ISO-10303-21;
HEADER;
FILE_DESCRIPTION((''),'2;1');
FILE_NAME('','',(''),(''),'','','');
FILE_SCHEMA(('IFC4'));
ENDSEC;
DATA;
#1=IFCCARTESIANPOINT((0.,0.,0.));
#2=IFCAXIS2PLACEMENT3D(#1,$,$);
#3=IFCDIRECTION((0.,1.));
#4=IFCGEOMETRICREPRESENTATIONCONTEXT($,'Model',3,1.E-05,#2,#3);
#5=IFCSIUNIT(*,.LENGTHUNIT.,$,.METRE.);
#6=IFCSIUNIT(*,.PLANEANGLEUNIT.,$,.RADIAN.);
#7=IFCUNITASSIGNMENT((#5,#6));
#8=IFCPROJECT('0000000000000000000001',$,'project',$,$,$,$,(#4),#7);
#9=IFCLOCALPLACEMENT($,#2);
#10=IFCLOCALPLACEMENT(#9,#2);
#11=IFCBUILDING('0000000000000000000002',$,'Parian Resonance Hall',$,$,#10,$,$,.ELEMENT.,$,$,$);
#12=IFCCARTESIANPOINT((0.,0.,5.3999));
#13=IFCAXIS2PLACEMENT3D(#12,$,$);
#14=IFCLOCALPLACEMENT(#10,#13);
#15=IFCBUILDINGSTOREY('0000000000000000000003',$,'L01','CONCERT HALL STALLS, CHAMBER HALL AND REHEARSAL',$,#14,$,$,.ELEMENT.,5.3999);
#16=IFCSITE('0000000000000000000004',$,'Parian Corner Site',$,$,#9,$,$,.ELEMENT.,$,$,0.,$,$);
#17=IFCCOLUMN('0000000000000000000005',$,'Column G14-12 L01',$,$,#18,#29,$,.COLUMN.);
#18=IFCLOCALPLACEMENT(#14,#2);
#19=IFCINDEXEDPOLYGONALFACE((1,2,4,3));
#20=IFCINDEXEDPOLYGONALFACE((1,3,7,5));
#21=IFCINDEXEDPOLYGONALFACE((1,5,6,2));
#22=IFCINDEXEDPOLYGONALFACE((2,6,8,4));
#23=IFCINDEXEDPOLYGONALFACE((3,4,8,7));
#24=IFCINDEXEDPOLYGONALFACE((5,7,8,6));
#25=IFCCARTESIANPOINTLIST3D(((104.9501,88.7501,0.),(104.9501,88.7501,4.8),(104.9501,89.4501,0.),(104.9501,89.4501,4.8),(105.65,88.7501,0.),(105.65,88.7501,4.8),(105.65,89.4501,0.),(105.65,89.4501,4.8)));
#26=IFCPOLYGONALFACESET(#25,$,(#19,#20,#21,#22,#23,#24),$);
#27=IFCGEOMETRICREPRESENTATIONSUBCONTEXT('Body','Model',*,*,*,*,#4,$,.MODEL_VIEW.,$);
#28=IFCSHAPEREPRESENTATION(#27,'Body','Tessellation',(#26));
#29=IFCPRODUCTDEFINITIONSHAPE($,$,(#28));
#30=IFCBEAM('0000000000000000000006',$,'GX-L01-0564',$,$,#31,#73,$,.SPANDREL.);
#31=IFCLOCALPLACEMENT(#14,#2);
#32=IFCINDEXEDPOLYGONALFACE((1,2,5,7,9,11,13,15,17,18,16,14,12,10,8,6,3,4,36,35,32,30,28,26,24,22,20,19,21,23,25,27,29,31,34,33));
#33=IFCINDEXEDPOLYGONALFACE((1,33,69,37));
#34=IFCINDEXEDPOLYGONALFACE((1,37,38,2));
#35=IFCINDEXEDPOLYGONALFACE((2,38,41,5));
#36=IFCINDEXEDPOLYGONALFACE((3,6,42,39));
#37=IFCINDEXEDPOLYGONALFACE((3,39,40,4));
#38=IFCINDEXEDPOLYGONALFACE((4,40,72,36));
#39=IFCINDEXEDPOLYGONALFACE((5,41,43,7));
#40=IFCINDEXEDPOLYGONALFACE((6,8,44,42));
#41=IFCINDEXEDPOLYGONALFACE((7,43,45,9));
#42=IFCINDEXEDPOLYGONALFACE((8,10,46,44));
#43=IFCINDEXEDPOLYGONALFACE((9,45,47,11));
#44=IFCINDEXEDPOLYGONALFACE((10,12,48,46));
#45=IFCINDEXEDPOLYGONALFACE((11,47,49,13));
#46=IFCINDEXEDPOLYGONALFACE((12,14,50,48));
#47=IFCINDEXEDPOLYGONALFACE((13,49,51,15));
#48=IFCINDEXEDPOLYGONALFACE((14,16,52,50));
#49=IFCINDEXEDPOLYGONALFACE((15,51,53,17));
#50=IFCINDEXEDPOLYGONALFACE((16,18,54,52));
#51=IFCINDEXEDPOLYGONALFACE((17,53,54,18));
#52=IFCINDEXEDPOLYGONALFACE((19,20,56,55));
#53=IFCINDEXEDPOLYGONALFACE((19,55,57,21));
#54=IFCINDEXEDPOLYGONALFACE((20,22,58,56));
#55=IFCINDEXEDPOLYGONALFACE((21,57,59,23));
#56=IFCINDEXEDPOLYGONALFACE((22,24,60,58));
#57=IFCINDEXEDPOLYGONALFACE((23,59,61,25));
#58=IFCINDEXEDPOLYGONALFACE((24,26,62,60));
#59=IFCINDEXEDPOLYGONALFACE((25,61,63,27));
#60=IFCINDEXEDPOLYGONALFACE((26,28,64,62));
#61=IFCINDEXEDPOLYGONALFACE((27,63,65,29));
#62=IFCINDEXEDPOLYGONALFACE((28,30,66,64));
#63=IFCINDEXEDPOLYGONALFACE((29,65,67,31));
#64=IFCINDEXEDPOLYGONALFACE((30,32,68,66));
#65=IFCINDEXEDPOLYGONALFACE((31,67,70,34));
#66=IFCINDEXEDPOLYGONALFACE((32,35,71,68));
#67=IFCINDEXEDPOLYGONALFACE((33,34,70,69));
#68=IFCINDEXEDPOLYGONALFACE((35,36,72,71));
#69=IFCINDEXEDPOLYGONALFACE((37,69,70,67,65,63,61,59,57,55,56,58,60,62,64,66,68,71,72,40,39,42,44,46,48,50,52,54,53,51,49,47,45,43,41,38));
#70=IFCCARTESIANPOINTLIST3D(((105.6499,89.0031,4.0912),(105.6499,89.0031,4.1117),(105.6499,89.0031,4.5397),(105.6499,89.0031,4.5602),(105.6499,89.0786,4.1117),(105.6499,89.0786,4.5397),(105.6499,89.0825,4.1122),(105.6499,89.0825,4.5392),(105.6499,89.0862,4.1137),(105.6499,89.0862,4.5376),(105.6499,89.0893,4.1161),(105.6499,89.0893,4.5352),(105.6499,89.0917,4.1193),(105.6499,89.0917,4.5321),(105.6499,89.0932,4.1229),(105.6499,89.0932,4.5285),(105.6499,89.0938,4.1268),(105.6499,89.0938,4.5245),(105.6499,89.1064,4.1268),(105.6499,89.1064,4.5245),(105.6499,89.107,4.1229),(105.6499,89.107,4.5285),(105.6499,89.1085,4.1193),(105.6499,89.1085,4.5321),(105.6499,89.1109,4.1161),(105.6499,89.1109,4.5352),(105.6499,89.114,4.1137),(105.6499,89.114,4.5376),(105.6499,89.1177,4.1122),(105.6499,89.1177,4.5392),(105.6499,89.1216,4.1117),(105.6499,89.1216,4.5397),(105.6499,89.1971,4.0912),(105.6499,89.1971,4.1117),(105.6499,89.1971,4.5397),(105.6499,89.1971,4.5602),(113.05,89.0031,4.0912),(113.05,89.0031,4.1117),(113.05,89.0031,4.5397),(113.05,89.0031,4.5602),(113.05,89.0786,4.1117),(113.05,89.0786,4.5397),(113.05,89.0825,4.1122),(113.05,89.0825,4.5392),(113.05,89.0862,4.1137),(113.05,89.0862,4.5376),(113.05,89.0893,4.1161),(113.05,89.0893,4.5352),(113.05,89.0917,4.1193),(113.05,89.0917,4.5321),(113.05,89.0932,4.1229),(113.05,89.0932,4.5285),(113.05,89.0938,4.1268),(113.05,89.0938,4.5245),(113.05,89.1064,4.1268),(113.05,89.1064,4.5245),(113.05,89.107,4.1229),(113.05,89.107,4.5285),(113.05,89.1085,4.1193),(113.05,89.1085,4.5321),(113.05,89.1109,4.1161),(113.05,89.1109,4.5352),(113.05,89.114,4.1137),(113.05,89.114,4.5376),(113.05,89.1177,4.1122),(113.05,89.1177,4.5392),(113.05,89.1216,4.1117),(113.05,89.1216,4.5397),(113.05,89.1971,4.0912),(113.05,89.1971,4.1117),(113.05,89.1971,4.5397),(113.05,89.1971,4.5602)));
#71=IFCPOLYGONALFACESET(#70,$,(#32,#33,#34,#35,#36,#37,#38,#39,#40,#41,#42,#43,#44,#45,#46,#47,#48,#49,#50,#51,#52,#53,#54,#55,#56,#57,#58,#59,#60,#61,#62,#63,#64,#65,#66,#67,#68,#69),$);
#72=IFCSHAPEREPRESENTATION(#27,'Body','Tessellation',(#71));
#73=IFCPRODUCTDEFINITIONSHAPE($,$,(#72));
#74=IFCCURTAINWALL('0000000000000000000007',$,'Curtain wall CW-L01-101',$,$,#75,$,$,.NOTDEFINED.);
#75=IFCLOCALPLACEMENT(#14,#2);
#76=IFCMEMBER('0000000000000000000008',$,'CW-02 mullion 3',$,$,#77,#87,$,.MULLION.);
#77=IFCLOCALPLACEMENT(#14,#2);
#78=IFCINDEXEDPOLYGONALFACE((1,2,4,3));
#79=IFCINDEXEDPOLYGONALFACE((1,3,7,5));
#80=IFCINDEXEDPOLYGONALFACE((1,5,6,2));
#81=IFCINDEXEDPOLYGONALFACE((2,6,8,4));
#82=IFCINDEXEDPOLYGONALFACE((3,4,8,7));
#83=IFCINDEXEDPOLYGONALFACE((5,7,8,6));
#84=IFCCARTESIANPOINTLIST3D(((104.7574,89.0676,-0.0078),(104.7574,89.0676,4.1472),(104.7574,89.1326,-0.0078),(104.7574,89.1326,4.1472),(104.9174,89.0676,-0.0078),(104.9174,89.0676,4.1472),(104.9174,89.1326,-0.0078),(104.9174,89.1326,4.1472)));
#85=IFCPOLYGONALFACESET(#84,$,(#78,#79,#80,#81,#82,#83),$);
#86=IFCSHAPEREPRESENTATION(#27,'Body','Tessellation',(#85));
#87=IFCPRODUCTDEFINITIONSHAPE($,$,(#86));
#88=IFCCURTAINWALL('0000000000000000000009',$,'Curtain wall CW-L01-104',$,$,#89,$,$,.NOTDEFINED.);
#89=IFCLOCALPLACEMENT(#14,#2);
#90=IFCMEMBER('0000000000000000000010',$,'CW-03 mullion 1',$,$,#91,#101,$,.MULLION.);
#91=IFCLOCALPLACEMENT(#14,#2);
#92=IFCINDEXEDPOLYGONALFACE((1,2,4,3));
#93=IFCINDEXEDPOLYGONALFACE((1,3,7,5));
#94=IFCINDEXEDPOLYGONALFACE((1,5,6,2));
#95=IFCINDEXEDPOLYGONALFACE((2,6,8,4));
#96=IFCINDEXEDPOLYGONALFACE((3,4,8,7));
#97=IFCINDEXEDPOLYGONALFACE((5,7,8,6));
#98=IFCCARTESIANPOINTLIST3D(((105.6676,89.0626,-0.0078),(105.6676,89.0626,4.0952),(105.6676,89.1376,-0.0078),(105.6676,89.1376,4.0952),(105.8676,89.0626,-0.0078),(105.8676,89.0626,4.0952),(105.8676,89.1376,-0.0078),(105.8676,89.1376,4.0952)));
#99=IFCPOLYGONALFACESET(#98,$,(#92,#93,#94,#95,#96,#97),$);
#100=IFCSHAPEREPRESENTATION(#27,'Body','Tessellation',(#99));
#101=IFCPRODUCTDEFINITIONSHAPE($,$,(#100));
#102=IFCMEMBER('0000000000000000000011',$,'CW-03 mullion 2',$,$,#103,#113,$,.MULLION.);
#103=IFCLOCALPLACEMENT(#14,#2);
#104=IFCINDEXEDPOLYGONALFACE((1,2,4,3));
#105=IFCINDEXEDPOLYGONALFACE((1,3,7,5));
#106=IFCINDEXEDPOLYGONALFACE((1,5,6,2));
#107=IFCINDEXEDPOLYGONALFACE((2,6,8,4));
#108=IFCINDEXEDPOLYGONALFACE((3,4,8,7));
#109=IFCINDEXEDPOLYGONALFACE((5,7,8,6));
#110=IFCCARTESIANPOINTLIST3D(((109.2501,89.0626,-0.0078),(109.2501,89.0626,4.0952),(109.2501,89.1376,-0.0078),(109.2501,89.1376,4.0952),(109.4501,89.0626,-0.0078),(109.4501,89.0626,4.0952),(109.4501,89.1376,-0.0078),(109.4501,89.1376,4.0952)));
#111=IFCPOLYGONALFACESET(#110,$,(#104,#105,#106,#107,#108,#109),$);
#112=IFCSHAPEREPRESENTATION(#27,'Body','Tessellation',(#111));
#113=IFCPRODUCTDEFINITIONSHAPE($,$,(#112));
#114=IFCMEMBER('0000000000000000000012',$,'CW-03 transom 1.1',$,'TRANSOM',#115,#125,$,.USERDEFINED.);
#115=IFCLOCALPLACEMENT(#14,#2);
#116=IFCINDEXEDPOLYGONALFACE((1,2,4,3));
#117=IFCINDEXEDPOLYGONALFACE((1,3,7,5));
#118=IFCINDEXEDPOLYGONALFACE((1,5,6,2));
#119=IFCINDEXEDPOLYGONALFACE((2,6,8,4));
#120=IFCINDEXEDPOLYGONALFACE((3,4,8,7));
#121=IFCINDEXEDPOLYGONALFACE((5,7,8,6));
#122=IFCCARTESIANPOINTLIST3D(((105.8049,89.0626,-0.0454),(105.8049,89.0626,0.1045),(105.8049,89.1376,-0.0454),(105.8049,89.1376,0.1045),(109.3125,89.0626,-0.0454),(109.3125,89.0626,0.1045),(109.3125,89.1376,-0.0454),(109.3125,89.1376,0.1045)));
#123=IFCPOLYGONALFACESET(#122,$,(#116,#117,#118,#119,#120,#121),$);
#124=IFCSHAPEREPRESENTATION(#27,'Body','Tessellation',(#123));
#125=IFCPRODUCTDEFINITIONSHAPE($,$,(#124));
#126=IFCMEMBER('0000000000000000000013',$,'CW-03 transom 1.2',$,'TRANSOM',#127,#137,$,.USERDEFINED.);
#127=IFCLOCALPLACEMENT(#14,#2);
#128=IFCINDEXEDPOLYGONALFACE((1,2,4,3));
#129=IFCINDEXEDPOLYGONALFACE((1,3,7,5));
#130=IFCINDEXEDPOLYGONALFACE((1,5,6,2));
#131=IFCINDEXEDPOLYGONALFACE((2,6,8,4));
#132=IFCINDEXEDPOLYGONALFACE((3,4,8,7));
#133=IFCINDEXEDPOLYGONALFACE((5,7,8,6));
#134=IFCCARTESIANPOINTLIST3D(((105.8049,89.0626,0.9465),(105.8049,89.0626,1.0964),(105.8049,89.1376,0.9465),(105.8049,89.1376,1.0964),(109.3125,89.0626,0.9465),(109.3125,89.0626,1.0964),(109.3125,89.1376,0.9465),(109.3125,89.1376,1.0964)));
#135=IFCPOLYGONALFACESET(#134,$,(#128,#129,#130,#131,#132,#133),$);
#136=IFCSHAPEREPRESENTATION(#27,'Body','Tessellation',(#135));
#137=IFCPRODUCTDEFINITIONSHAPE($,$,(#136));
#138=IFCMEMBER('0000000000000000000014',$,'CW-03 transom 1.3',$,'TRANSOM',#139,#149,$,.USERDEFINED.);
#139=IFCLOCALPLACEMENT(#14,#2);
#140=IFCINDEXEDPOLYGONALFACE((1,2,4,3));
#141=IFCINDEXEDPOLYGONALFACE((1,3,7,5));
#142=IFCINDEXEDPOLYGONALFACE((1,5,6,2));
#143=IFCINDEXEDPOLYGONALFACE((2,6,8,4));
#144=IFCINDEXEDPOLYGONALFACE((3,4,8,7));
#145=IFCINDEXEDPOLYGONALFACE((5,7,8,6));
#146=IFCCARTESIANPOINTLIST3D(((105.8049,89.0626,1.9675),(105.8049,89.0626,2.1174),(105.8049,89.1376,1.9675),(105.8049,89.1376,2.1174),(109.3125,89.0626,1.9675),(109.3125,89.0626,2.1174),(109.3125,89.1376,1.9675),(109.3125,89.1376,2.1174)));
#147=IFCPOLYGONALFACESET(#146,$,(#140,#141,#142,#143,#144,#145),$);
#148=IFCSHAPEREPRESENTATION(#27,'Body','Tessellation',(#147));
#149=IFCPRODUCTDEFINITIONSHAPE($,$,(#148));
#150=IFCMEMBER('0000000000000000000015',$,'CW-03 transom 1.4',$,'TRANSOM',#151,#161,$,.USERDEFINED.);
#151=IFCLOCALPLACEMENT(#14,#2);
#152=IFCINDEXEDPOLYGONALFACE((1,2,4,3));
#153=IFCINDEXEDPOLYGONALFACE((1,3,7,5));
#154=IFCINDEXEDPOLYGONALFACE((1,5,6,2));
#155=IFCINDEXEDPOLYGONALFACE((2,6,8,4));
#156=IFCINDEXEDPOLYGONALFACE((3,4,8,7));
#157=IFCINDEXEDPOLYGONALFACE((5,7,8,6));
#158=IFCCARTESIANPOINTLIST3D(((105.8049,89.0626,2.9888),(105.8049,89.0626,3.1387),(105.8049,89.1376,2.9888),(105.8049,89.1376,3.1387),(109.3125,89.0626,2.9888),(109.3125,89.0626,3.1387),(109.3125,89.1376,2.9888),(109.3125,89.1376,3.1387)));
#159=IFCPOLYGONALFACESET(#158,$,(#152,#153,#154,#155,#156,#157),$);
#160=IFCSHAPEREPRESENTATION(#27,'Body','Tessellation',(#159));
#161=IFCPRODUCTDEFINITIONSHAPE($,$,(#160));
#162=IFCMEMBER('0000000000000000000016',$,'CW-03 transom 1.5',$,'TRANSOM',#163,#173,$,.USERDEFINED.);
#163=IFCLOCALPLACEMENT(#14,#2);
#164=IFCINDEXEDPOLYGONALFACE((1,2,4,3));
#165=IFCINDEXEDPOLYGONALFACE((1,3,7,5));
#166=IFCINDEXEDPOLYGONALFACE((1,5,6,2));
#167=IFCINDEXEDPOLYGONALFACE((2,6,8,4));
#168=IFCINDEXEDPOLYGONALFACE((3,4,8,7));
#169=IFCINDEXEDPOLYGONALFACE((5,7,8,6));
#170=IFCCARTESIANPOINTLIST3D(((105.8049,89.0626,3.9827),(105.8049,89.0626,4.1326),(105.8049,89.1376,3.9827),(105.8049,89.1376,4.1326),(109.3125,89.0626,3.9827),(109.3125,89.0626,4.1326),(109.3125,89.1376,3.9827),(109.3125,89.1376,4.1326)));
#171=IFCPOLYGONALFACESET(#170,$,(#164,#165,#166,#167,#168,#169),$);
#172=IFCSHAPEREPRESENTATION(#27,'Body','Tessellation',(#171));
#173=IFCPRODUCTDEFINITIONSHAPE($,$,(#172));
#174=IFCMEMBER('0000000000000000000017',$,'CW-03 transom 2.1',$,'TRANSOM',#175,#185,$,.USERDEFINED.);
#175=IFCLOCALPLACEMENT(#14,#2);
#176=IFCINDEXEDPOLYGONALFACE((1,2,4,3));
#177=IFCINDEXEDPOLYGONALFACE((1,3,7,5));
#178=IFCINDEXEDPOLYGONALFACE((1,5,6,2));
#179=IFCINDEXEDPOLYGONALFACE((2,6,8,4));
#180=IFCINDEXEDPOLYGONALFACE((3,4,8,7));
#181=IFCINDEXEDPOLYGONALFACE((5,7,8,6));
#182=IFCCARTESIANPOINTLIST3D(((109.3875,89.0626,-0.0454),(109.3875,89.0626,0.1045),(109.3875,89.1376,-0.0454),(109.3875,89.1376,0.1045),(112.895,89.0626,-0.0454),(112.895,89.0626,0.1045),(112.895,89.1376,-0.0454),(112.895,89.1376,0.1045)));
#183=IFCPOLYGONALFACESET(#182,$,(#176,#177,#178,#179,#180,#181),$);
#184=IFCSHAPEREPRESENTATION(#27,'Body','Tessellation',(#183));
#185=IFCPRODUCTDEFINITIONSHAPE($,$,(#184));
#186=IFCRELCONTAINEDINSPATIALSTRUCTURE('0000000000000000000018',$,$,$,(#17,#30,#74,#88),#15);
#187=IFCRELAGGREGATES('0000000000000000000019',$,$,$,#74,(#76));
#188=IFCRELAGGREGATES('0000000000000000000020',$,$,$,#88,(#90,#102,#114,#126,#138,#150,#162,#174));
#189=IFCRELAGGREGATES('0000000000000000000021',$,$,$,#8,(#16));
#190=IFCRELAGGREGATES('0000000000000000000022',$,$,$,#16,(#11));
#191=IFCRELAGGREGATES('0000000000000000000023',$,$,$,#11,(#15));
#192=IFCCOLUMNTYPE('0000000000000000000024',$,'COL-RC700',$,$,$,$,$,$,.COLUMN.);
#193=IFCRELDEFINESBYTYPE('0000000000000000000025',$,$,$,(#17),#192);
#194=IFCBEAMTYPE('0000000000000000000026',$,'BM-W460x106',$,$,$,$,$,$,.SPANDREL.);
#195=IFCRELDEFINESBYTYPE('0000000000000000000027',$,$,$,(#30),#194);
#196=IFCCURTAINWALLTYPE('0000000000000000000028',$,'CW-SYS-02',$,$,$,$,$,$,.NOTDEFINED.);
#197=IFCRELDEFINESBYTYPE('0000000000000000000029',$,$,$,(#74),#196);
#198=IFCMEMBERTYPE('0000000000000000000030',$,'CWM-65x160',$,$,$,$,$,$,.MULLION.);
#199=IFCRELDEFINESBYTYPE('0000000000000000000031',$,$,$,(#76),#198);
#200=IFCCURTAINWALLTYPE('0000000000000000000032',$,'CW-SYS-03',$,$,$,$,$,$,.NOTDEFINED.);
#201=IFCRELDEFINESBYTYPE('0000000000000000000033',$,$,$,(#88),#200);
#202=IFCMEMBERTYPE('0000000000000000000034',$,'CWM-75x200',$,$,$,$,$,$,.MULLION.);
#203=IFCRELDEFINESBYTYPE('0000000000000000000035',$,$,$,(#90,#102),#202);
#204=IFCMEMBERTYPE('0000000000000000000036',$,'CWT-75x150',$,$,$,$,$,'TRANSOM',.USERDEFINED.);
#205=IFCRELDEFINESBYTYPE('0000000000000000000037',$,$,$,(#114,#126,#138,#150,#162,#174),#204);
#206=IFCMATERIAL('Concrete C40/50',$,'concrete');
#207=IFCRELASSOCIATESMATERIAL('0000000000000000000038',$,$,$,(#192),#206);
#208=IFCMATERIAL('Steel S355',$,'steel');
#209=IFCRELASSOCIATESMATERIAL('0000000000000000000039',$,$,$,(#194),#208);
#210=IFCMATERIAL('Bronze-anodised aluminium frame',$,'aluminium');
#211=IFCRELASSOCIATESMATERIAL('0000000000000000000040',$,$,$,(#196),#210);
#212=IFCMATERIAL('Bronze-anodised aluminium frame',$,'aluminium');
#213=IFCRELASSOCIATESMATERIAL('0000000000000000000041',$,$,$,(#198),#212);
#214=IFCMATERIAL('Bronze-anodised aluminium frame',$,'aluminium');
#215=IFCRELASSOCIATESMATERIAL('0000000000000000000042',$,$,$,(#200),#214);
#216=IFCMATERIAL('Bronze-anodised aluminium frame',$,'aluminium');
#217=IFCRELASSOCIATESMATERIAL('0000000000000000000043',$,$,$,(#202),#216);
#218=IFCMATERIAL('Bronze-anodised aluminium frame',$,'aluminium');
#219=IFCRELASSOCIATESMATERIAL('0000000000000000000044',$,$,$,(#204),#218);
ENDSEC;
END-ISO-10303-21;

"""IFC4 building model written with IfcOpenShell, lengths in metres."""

from ifc_helpers import new_model, si_unit, direction, frame, origin, origin_2d, place, context, subcontext, project, spatial, rectangle, i_section, extrude, material, material_profile, profile_set, type_object, element, aggregate, save


model = new_model("IFC4")

# Units and contexts
model_context = context("Model", 3, precision=1e-05, world=origin(), true_north=direction((0.0, 1.0)))
body_context = subcontext(model_context, "Body", "Model", "MODEL_VIEW")
ifc_project = project(units=[si_unit("LENGTHUNIT", "METRE"), si_unit("PLANEANGLEUNIT", "RADIAN")], contexts=[model_context])

# Site, building, storey
site_placement = place(None, origin())
site = spatial("IfcSite", under=ifc_project, at=site_placement, Name="Parian Corner Site", CompositionType="ELEMENT", RefElevation=0.0)
building_placement = place(site_placement, origin())
building = spatial("IfcBuilding", under=site, at=building_placement, Name="Parian Resonance Hall", CompositionType="ELEMENT")
storey_placement = place(building_placement, frame((0.0, 0.0, 5.3999)))
storey = spatial("IfcBuildingStorey", under=building, at=storey_placement, Name="L01", Description="CONCERT HALL STALLS, CHAMBER HALL AND REHEARSAL", CompositionType="ELEMENT", Elevation=5.3999)

# Column
ifc_material_1 = material(Name="Concrete C40/50", Category="concrete")
ifc_material_profile_1 = material_profile(ifc_material_1, rectangle(XDim=0.7, YDim=0.7, at=origin_2d()), Name="RC-COL-700x700")
ifc_profile_set_1 = profile_set([ifc_material_profile_1], Name="Concrete C40/50")
column_type = type_object("IfcColumnType", Name="COL-RC700", PredefinedType="COLUMN", material=ifc_profile_set_1)
column_placement = place(storey_placement, frame((105.3, 89.1001, 0.0), z_axis=(0.0, 0.0, 1.0), x_axis=(1.0, 0.0, 0.0)))
element("IfcColumn", 1, at=column_placement, inside=storey, type_object=column_type, Name="Column G14-12 L01", PredefinedType="COLUMN", context=body_context, shape_type="SweptSolid", body=[
    extrude(rectangle(XDim=0.7, YDim=0.7, at=origin_2d()), origin(), (0.0, 0.0, 1.0), 4.8),
])

# Beam
ifc_material_2 = material(Name="Steel S355", Category="steel")
ifc_material_profile_2 = material_profile(ifc_material_2, i_section(OverallWidth=0.1941, OverallDepth=0.469, WebThickness=0.0127, FlangeThickness=0.0205, FilletRadius=0.0151, at=origin_2d()), Name="W460x106")
ifc_profile_set_2 = profile_set([ifc_material_profile_2], Name="Steel S355")
beam_type = type_object("IfcBeamType", Name="BM-W460x106", PredefinedType="SPANDREL", material=ifc_profile_set_2)
beam_placement = place(storey_placement, frame((105.6499, 89.1001, 4.3257), z_axis=(1.0, 0.0, 0.0), x_axis=(0.0, 1.0, 0.0)))
element("IfcBeam", 2, at=beam_placement, inside=storey, type_object=beam_type, Name="GX-L01-0564", PredefinedType="SPANDREL", context=body_context, shape_type="SweptSolid", body=[
    extrude(i_section(OverallWidth=0.1941, OverallDepth=0.469, WebThickness=0.0127, FlangeThickness=0.0205, FilletRadius=0.0151, at=origin_2d()), origin(), (0.0, 0.0, 1.0), 7.4001),
])

# Curtain wall, member
ifc_material_3 = material(Name="Bronze-anodised aluminium frame", Category="aluminium")
curtain_wall_type_1 = type_object("IfcCurtainWallType", Name="CW-SYS-02", PredefinedType="NOTDEFINED", material=ifc_material_3)
curtain_wall_1_placement = place(storey_placement, origin())
curtain_wall_1 = element("IfcCurtainWall", 3, at=curtain_wall_1_placement, inside=storey, type_object=curtain_wall_type_1, Name="Curtain wall CW-L01-101", PredefinedType="NOTDEFINED")
ifc_material_4 = material(Name="Bronze-anodised aluminium frame", Category="aluminium")
ifc_material_profile_3 = material_profile(ifc_material_4, rectangle(XDim=0.0649, YDim=0.1599, at=origin_2d()), Name="CWM-65x160")
ifc_profile_set_3 = profile_set([ifc_material_profile_3], Name="Bronze-anodised aluminium frame")
member_type_1 = type_object("IfcMemberType", Name="CWM-65x160", PredefinedType="MULLION", material=ifc_profile_set_3)
member_1_placement = place(storey_placement, frame((104.8374, 89.1001, -0.0078), z_axis=(0.0, 0.0, 1.0), x_axis=(0.0, 1.0, 0.0)))
member_1 = element("IfcMember", 4, at=member_1_placement, type_object=member_type_1, Name="CW-02 mullion 3", PredefinedType="MULLION", context=body_context, shape_type="SweptSolid", body=[
    extrude(rectangle(XDim=0.0649, YDim=0.1599, at=origin_2d()), origin(), (0.0, 0.0, 1.0), 4.155),
])

# Curtain wall, members
ifc_material_5 = material(Name="Bronze-anodised aluminium frame", Category="aluminium")
curtain_wall_type_2 = type_object("IfcCurtainWallType", Name="CW-SYS-03", PredefinedType="NOTDEFINED", material=ifc_material_5)
curtain_wall_2_placement = place(storey_placement, origin())
curtain_wall_2 = element("IfcCurtainWall", 5, at=curtain_wall_2_placement, inside=storey, type_object=curtain_wall_type_2, Name="Curtain wall CW-L01-104", PredefinedType="NOTDEFINED")
ifc_material_6 = material(Name="Bronze-anodised aluminium frame", Category="aluminium")
ifc_material_profile_4 = material_profile(ifc_material_6, rectangle(XDim=0.075, YDim=0.2, at=origin_2d()), Name="CWM-75x200")
ifc_profile_set_4 = profile_set([ifc_material_profile_4], Name="Bronze-anodised aluminium frame")
member_type_2 = type_object("IfcMemberType", Name="CWM-75x200", PredefinedType="MULLION", material=ifc_profile_set_4)
member_2_placement = place(storey_placement, frame((105.7676, 89.1001, -0.0078), z_axis=(0.0, 0.0, 1.0), x_axis=(0.0, 1.0, 0.0)))
member_2 = element("IfcMember", 6, at=member_2_placement, type_object=member_type_2, Name="CW-03 mullion 1", PredefinedType="MULLION", context=body_context, shape_type="SweptSolid", body=[
    extrude(rectangle(XDim=0.075, YDim=0.2, at=origin_2d()), origin(), (0.0, 0.0, 1.0), 4.103),
])
member_3_placement = place(storey_placement, frame((109.3501, 89.1001, -0.0078), z_axis=(0.0, 0.0, 1.0), x_axis=(0.0, 1.0, 0.0)))
member_3 = element("IfcMember", 7, at=member_3_placement, type_object=member_type_2, Name="CW-03 mullion 2", PredefinedType="MULLION", context=body_context, shape_type="SweptSolid", body=[
    extrude(rectangle(XDim=0.075, YDim=0.2, at=origin_2d()), origin(), (0.0, 0.0, 1.0), 4.103),
])
ifc_material_7 = material(Name="Bronze-anodised aluminium frame", Category="aluminium")
ifc_material_profile_5 = material_profile(ifc_material_7, rectangle(XDim=0.075, YDim=0.1499, at=origin_2d()), Name="CWT-75x150")
ifc_profile_set_5 = profile_set([ifc_material_profile_5], Name="Bronze-anodised aluminium frame")
member_type_3 = type_object("IfcMemberType", Name="CWT-75x150", ElementType="TRANSOM", PredefinedType="USERDEFINED", material=ifc_profile_set_5)
member_4_placement = place(storey_placement, frame((105.8049, 89.1001, 0.0295), z_axis=(1.0, 0.0, 0.0), x_axis=(0.0, 1.0, 0.0)))
member_4 = element("IfcMember", 8, at=member_4_placement, type_object=member_type_3, Name="CW-03 transom 1.1", ObjectType="TRANSOM", PredefinedType="USERDEFINED", context=body_context, shape_type="SweptSolid", body=[
    extrude(rectangle(XDim=0.075, YDim=0.1499, at=origin_2d()), origin(), (0.0, 0.0, 1.0), 3.5076),
])
member_5_placement = place(storey_placement, frame((105.8049, 89.1001, 1.0215), z_axis=(1.0, 0.0, 0.0), x_axis=(0.0, 1.0, 0.0)))
member_5 = element("IfcMember", 9, at=member_5_placement, type_object=member_type_3, Name="CW-03 transom 1.2", ObjectType="TRANSOM", PredefinedType="USERDEFINED", context=body_context, shape_type="SweptSolid", body=[
    extrude(rectangle(XDim=0.075, YDim=0.1499, at=origin_2d()), origin(), (0.0, 0.0, 1.0), 3.5076),
])
member_6_placement = place(storey_placement, frame((105.8049, 89.1001, 2.0425), z_axis=(1.0, 0.0, 0.0), x_axis=(0.0, 1.0, 0.0)))
member_6 = element("IfcMember", 10, at=member_6_placement, type_object=member_type_3, Name="CW-03 transom 1.3", ObjectType="TRANSOM", PredefinedType="USERDEFINED", context=body_context, shape_type="SweptSolid", body=[
    extrude(rectangle(XDim=0.075, YDim=0.1499, at=origin_2d()), origin(), (0.0, 0.0, 1.0), 3.5076),
])
member_7_placement = place(storey_placement, frame((105.8049, 89.1001, 3.0637), z_axis=(1.0, 0.0, 0.0), x_axis=(0.0, 1.0, 0.0)))
member_7 = element("IfcMember", 11, at=member_7_placement, type_object=member_type_3, Name="CW-03 transom 1.4", ObjectType="TRANSOM", PredefinedType="USERDEFINED", context=body_context, shape_type="SweptSolid", body=[
    extrude(rectangle(XDim=0.075, YDim=0.1499, at=origin_2d()), origin(), (0.0, 0.0, 1.0), 3.5076),
])
member_8_placement = place(storey_placement, frame((105.8049, 89.1001, 4.0576), z_axis=(1.0, 0.0, 0.0), x_axis=(0.0, 1.0, 0.0)))
member_8 = element("IfcMember", 12, at=member_8_placement, type_object=member_type_3, Name="CW-03 transom 1.5", ObjectType="TRANSOM", PredefinedType="USERDEFINED", context=body_context, shape_type="SweptSolid", body=[
    extrude(rectangle(XDim=0.075, YDim=0.1499, at=origin_2d()), origin(), (0.0, 0.0, 1.0), 3.5076),
])
member_9_placement = place(storey_placement, frame((109.3875, 89.1001, 0.0295), z_axis=(1.0, 0.0, 0.0), x_axis=(0.0, 1.0, 0.0)))
member_9 = element("IfcMember", 13, at=member_9_placement, type_object=member_type_3, Name="CW-03 transom 2.1", ObjectType="TRANSOM", PredefinedType="USERDEFINED", context=body_context, shape_type="SweptSolid", body=[
    extrude(rectangle(XDim=0.075, YDim=0.1499, at=origin_2d()), origin(), (0.0, 0.0, 1.0), 3.5076),
])

aggregate(curtain_wall_1, [member_1])
aggregate(curtain_wall_2, [member_2, member_3, member_4, member_5, member_6, member_7, member_8, member_9])

save(model, "model.ifc")
